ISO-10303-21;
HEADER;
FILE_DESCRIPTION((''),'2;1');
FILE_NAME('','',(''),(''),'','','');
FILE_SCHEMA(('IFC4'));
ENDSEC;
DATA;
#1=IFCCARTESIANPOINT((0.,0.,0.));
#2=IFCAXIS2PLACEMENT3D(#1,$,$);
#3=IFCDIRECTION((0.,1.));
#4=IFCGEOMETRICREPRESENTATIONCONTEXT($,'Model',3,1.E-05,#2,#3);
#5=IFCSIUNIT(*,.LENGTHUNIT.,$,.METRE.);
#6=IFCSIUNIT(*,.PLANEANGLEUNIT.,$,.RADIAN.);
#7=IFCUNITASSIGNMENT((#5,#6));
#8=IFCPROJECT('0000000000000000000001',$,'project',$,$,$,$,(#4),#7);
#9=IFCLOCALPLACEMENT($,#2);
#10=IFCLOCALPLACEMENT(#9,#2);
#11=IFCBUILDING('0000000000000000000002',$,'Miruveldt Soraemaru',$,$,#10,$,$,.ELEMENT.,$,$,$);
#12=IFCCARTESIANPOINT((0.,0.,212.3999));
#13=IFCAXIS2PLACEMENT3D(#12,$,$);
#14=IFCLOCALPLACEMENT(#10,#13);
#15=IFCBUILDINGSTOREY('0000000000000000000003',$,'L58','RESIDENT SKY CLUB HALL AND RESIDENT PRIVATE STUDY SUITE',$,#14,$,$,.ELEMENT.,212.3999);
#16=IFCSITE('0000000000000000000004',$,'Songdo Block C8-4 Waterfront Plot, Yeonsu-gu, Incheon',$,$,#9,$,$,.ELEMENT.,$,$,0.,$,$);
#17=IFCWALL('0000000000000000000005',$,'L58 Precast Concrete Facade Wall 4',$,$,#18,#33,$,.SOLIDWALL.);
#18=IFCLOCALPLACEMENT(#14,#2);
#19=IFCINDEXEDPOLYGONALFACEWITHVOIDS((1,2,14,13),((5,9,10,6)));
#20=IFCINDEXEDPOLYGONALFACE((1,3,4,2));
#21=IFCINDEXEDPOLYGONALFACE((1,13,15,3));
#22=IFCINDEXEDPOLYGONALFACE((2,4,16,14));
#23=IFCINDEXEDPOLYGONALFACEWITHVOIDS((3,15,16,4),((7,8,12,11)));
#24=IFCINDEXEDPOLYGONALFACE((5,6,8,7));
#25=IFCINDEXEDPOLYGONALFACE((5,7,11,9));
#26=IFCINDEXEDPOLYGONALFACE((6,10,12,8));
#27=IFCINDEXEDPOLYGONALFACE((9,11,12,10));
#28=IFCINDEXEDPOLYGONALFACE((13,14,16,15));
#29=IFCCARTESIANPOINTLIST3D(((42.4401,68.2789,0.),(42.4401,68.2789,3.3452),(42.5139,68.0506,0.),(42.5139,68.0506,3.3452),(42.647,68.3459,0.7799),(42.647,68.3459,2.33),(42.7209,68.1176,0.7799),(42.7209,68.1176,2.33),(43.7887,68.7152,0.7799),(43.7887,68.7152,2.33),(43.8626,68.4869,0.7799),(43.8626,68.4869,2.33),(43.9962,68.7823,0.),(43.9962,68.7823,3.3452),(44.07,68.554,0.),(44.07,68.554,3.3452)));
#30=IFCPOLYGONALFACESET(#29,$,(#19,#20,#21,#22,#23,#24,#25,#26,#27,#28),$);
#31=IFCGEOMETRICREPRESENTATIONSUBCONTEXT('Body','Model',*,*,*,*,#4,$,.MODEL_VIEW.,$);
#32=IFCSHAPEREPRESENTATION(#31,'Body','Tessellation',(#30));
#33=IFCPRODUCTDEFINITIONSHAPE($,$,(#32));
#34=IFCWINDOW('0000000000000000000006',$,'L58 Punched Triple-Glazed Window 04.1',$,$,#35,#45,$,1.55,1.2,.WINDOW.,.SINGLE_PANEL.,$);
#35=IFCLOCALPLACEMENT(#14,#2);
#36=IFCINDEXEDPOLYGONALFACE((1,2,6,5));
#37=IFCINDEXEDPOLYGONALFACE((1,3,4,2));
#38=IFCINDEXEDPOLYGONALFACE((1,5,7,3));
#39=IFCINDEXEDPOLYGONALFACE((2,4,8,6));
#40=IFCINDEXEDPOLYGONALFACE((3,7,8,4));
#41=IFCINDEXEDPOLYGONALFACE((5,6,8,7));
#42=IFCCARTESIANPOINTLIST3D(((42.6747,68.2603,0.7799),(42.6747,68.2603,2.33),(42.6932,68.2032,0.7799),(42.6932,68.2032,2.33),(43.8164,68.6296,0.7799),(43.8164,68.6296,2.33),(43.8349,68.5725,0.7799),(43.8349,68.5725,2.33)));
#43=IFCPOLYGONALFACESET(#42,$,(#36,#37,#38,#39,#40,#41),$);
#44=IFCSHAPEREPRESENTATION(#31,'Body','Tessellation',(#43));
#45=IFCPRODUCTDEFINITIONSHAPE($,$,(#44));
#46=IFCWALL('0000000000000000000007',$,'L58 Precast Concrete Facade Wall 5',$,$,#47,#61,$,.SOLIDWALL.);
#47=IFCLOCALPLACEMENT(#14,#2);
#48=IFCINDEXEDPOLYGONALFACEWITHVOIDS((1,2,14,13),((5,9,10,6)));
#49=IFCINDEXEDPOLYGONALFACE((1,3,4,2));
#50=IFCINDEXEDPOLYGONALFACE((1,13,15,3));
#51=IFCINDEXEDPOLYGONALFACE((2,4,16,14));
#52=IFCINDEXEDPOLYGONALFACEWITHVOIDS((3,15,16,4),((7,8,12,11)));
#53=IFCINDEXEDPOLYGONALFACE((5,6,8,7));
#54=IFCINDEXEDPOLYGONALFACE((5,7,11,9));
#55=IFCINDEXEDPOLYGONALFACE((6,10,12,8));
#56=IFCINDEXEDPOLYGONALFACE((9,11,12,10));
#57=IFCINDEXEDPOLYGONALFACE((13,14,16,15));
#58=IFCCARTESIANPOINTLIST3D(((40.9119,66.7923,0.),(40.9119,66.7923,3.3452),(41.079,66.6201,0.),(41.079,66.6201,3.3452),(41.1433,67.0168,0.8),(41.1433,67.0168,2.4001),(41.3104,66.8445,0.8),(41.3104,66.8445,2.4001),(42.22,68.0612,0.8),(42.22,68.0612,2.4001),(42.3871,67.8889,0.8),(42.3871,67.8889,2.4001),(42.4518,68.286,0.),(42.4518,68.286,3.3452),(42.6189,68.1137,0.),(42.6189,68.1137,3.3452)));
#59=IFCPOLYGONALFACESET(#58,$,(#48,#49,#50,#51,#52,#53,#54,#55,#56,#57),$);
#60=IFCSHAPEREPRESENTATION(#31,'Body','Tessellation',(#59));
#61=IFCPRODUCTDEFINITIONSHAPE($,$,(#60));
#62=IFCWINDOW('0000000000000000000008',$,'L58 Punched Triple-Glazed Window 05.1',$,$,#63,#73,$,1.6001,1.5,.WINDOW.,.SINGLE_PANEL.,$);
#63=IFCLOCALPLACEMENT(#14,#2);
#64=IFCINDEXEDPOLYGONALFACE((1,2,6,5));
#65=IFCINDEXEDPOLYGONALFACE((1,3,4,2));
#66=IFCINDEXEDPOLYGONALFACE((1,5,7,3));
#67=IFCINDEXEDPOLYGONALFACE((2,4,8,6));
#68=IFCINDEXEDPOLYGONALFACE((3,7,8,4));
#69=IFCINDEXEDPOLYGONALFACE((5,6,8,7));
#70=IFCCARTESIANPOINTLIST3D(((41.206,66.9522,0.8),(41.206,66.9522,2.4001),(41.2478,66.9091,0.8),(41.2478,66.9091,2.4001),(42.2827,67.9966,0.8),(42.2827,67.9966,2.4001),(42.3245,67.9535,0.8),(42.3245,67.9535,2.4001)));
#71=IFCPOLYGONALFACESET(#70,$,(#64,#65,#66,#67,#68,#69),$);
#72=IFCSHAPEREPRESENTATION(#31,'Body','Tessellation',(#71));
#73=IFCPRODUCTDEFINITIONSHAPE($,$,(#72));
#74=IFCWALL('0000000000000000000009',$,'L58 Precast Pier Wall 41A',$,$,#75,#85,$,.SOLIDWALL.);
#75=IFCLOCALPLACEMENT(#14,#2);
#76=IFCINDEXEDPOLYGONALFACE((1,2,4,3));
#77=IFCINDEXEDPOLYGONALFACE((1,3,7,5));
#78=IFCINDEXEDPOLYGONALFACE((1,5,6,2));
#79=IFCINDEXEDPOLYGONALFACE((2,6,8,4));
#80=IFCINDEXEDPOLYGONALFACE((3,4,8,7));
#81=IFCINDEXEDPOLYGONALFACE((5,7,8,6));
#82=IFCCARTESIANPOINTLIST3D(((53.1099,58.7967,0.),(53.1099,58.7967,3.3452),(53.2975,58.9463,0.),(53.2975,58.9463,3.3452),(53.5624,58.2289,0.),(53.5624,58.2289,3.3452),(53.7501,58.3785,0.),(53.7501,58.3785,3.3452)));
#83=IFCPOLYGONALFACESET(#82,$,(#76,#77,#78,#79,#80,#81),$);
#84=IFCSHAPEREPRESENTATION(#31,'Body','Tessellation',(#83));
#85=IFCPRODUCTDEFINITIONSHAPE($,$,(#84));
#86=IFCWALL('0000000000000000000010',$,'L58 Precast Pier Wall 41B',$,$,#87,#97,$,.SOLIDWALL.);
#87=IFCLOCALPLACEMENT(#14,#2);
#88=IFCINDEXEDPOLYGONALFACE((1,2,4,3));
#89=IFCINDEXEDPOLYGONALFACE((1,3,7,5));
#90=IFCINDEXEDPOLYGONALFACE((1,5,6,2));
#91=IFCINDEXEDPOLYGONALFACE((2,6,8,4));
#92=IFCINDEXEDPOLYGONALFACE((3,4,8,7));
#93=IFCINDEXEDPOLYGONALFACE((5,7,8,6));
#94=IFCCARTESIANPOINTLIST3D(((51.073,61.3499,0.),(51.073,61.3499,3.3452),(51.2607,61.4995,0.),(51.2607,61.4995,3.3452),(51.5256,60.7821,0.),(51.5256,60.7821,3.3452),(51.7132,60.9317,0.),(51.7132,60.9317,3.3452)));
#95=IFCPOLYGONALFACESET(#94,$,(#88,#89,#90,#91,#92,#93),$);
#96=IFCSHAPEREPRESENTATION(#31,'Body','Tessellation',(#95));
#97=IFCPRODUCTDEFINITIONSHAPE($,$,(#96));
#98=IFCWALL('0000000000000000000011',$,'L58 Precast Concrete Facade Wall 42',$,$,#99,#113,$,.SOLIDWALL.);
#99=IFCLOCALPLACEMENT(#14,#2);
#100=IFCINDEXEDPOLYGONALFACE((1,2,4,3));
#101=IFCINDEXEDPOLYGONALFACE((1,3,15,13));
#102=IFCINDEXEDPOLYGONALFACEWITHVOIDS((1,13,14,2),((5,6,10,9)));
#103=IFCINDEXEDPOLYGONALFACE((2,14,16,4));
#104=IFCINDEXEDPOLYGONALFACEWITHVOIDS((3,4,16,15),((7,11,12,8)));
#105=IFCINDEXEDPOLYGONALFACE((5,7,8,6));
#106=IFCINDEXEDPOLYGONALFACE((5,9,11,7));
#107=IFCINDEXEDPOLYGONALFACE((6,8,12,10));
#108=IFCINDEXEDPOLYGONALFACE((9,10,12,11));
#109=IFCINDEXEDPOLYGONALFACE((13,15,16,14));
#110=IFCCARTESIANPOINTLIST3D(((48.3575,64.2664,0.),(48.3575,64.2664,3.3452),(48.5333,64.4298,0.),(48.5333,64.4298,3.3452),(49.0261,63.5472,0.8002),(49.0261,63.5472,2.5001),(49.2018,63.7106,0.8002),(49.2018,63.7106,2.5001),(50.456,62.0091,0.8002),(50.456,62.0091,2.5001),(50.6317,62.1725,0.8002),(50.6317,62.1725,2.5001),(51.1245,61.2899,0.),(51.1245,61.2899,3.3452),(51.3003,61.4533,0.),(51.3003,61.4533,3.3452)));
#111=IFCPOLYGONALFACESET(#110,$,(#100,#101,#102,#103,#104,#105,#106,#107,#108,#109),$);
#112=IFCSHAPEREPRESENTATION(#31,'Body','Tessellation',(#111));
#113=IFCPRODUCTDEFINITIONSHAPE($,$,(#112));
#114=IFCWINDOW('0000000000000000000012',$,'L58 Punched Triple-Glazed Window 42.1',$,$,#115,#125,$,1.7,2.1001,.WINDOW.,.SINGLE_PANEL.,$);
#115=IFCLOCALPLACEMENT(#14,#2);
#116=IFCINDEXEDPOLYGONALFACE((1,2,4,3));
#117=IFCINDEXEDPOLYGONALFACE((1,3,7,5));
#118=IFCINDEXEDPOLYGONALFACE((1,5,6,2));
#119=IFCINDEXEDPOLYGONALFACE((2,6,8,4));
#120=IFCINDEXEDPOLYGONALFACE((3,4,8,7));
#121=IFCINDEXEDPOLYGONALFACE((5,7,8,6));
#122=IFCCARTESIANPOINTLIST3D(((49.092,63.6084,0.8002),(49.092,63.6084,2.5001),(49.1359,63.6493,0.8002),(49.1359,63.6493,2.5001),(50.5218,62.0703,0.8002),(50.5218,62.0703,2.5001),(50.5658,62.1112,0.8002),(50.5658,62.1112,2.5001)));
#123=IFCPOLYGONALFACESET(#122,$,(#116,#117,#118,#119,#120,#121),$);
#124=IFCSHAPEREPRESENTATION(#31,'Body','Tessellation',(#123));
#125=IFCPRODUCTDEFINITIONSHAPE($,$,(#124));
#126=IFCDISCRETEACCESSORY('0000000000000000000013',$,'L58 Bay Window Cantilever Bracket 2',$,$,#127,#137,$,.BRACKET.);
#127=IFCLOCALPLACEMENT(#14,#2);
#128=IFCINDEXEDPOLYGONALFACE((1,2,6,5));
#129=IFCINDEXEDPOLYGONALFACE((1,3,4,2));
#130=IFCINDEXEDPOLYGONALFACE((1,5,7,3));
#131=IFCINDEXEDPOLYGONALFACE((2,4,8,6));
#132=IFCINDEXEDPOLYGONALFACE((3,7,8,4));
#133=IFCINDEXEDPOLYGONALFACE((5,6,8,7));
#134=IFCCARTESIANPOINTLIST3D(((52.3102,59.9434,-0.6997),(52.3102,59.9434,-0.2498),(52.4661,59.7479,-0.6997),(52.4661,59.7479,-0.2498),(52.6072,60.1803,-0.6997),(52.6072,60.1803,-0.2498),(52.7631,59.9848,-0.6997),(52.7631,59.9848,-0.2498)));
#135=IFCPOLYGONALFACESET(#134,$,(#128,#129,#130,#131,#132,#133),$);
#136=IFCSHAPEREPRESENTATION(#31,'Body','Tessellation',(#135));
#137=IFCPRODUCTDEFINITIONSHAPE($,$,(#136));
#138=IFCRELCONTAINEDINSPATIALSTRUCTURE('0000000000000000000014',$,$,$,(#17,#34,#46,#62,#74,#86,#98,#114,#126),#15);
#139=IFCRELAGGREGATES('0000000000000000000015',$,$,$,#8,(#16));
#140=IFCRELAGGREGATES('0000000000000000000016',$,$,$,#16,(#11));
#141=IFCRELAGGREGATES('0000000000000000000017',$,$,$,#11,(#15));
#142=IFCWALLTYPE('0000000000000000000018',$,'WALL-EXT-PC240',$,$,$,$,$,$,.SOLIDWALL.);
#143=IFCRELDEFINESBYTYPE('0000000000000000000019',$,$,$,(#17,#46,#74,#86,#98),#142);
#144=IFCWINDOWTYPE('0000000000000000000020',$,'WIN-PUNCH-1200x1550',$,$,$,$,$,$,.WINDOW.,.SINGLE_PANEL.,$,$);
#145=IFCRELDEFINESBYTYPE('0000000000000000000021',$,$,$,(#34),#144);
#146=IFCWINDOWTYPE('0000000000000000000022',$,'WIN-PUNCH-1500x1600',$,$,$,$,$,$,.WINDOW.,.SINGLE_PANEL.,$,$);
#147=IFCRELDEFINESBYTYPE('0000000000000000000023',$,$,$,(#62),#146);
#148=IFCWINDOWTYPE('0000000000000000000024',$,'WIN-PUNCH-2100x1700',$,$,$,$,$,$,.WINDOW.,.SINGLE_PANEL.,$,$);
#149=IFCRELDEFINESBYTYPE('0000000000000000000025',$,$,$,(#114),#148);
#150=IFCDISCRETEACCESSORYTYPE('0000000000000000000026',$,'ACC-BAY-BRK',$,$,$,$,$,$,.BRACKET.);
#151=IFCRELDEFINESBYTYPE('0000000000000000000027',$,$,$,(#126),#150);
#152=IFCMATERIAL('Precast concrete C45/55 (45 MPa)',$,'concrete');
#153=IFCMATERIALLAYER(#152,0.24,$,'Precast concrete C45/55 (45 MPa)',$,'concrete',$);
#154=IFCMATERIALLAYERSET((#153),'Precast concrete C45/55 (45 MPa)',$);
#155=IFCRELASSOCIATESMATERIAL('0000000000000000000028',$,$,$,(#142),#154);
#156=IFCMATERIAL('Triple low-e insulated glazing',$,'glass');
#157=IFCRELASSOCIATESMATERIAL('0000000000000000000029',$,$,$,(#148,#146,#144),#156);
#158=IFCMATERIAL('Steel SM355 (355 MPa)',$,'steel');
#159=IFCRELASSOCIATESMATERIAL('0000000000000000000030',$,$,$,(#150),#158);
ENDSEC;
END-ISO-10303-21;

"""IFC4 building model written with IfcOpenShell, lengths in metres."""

from ifc_helpers import new_model, si_unit, direction, frame, frame_2d, origin, origin_2d, place, context, subcontext, project, spatial, rectangle, extrude, material, layer, layer_set, type_object, element, fill, save


model = new_model("IFC4")

# Units and contexts
model_context = context("Model", 3, precision=1e-05, world=origin(), true_north=direction((0.0, 1.0)))
body_context = subcontext(model_context, "Body", "Model", "MODEL_VIEW")
ifc_project = project(units=[si_unit("LENGTHUNIT", "METRE"), si_unit("PLANEANGLEUNIT", "RADIAN")], contexts=[model_context])

# Site, building, storey
site_placement = place(None, origin())
site = spatial("IfcSite", under=ifc_project, at=site_placement, Name="Songdo Block C8-4 Waterfront Plot, Yeonsu-gu, Incheon", CompositionType="ELEMENT", RefElevation=0.0)
building_placement = place(site_placement, origin())
building = spatial("IfcBuilding", under=site, at=building_placement, Name="Miruveldt Soraemaru", CompositionType="ELEMENT")
storey_placement = place(building_placement, frame((0.0, 0.0, 212.3999)))
storey = spatial("IfcBuildingStorey", under=building, at=storey_placement, Name="L58", Description="RESIDENT SKY CLUB HALL AND RESIDENT PRIVATE STUDY SUITE", CompositionType="ELEMENT", Elevation=212.3999)

# Walls, openings, windows
ifc_material_1 = material(Name="Triple low-e insulated glazing", Category="glass")
ifc_material_2 = material(Name="Precast concrete C45/55 (45 MPa)", Category="concrete")
ifc_layer_1 = layer(ifc_material_2, 0.24, Name="Precast concrete C45/55 (45 MPa)", Category="concrete")
ifc_layer_set_1 = layer_set([ifc_layer_1], Name="Precast concrete C45/55 (45 MPa)")
wall_type_1 = type_object("IfcWallType", Name="WALL-EXT-PC240", PredefinedType="SOLIDWALL", material=ifc_layer_set_1)
window_type_1 = type_object("IfcWindowType", Name="WIN-PUNCH-2100x1700", PartitioningType="SINGLE_PANEL", PredefinedType="WINDOW", material=ifc_material_1)
window_type_2 = type_object("IfcWindowType", Name="WIN-PUNCH-1500x1600", PartitioningType="SINGLE_PANEL", PredefinedType="WINDOW", material=ifc_material_1)
window_type_3 = type_object("IfcWindowType", Name="WIN-PUNCH-1200x1550", PartitioningType="SINGLE_PANEL", PredefinedType="WINDOW", material=ifc_material_1)
wall_1_placement = place(storey_placement, frame((44.0332, 68.6682, 0.0), z_axis=(0.0, 0.0, 1.0), x_axis=(-0.951452, -0.307796, 0.0)))
wall_1 = element("IfcWall", 1, at=wall_1_placement, inside=storey, type_object=wall_type_1, Name="L58 Precast Concrete Facade Wall 4", PredefinedType="SOLIDWALL", context=body_context, shape_type="SweptSolid", body=[
    extrude(rectangle(XDim=1.6355, YDim=0.24, at=frame_2d((0.8179, 0.0))), origin(), (0.0, 0.0, 1.0), 3.3452),
])
opening_1_placement = place(wall_1_placement, frame((0.218, 0.0, 0.78)))
opening_1 = element("IfcOpeningElement", 2, at=opening_1_placement, cuts=wall_1, PredefinedType="OPENING", context=body_context, shape_type="SweptSolid", body=[
    extrude(rectangle(XDim=1.2, YDim=1.55, at=frame_2d((0.6001, 0.7749))), frame((0.0, 0.1299, 0.0), z_axis=(0.0, -1.0, 0.0), x_axis=(1.0, 0.0, 0.0)), (0.0, 0.0, 1.0), 0.26),
])
window_1_placement = place(opening_1_placement, origin())
window_1 = element("IfcWindow", 3, at=window_1_placement, inside=storey, type_object=window_type_3, Name="L58 Punched Triple-Glazed Window 04.1", OverallHeight=1.55, OverallWidth=1.2, PartitioningType="SINGLE_PANEL", PredefinedType="WINDOW", context=body_context, shape_type="SweptSolid", body=[
    extrude(rectangle(XDim=1.2, YDim=1.55, at=frame_2d((0.6001, 0.7749))), frame((0.0, 0.03, 0.0), z_axis=(0.0, -1.0, 0.0), x_axis=(1.0, 0.0, 0.0)), (0.0, 0.0, 1.0), 0.0601),
])
fill(opening_1, window_1)
wall_2_placement = place(storey_placement, frame((42.5354, 68.2, 0.0), z_axis=(0.0, 0.0, 1.0), x_axis=(-0.71778, -0.69627, 0.0)))
wall_2 = element("IfcWall", 4, at=wall_2_placement, inside=storey, type_object=wall_type_1, Name="L58 Precast Concrete Facade Wall 5", PredefinedType="SOLIDWALL", context=body_context, shape_type="SweptSolid", body=[
    extrude(rectangle(XDim=2.1453, YDim=0.24, at=frame_2d((1.0728, 0.0))), origin(), (0.0, 0.0, 1.0), 3.3452),
])
opening_2_placement = place(wall_2_placement, frame((0.323, 0.0, 0.8)))
opening_2 = element("IfcOpeningElement", 5, at=opening_2_placement, cuts=wall_2, PredefinedType="OPENING", context=body_context, shape_type="SweptSolid", body=[
    extrude(rectangle(XDim=1.5, YDim=1.6001, at=frame_2d((0.75, 0.8))), frame((0.0, 0.1299, 0.0), z_axis=(0.0, -1.0, 0.0), x_axis=(1.0, 0.0, 0.0)), (0.0, 0.0, 1.0), 0.26),
])
window_2_placement = place(opening_2_placement, origin())
window_2 = element("IfcWindow", 6, at=window_2_placement, inside=storey, type_object=window_type_2, Name="L58 Punched Triple-Glazed Window 05.1", OverallHeight=1.6001, OverallWidth=1.5, PartitioningType="SINGLE_PANEL", PredefinedType="WINDOW", context=body_context, shape_type="SweptSolid", body=[
    extrude(rectangle(XDim=1.5, YDim=1.6001, at=frame_2d((0.75, 0.8))), frame((0.0, 0.03, 0.0), z_axis=(0.0, -1.0, 0.0), x_axis=(1.0, 0.0, 0.0)), (0.0, 0.0, 1.0), 0.0601),
])
fill(opening_2, window_2)

# Walls
for number, where, z_axis, x_axis, name in (
    (7, (53.6562, 58.3037, 0.0), (0.0, 0.0, 1.0), (-0.6233, 0.781983, 0.0), "L58 Precast Pier Wall 41A"),
    (8, (51.6194, 60.8569, 0.0), (0.0, 0.0, 1.0), (-0.6233, 0.781983, 0.0), "L58 Precast Pier Wall 41B"),
):
    element("IfcWall", number, at=place(storey_placement, frame(where, z_axis=z_axis, x_axis=x_axis)), inside=storey, type_object=wall_type_1, Name=name, PredefinedType="SOLIDWALL", context=body_context, shape_type="SweptSolid", body=[
        extrude(rectangle(XDim=0.7261, YDim=0.24, at=frame_2d((0.363, 0.0))), origin(), (0.0, 0.0, 1.0), 3.3452),
    ])

# Wall, opening, window
wall_3_placement = place(storey_placement, frame((51.2124, 61.3716, 0.0), z_axis=(0.0, 0.0, 1.0), x_axis=(-0.680866, 0.732408, 0.0)))
wall_3 = element("IfcWall", 9, at=wall_3_placement, inside=storey, type_object=wall_type_1, Name="L58 Precast Concrete Facade Wall 42", PredefinedType="SOLIDWALL", context=body_context, shape_type="SweptSolid", body=[
    extrude(rectangle(XDim=4.064, YDim=0.24, at=frame_2d((2.032, 0.0))), origin(), (0.0, 0.0, 1.0), 3.3452),
])
opening_3_placement = place(wall_3_placement, frame((0.9819, 0.0, 0.8)))
opening_3 = element("IfcOpeningElement", 10, at=opening_3_placement, cuts=wall_3, PredefinedType="OPENING", context=body_context, shape_type="SweptSolid", body=[
    extrude(rectangle(XDim=2.1001, YDim=1.7, at=frame_2d((1.05, 0.8501))), frame((0.0, 0.1299, 0.0), z_axis=(0.0, -1.0, 0.0), x_axis=(1.0, 0.0, 0.0)), (0.0, 0.0, 1.0), 0.26),
])
window_3_placement = place(opening_3_placement, origin())
window_3 = element("IfcWindow", 11, at=window_3_placement, inside=storey, type_object=window_type_1, Name="L58 Punched Triple-Glazed Window 42.1", OverallHeight=1.7, OverallWidth=2.1001, PartitioningType="SINGLE_PANEL", PredefinedType="WINDOW", context=body_context, shape_type="SweptSolid", body=[
    extrude(rectangle(XDim=2.1001, YDim=1.7, at=frame_2d((1.05, 0.8501))), frame((0.0, 0.03, 0.0), z_axis=(0.0, -1.0, 0.0), x_axis=(1.0, 0.0, 0.0)), (0.0, 0.0, 1.0), 0.0601),
])
fill(opening_3, window_3)

# Discrete accessory
ifc_material_3 = material(Name="Steel SM355 (355 MPa)", Category="steel")
discrete_accessory_type = type_object("IfcDiscreteAccessoryType", Name="ACC-BAY-BRK", PredefinedType="BRACKET", material=ifc_material_3)
discrete_accessory_placement = place(storey_placement, frame((52.5366, 59.9641, -0.6997), z_axis=(0.0, 0.0, 1.0), x_axis=(0.781727, 0.62362, 0.0)))
element("IfcDiscreteAccessory", 12, at=discrete_accessory_placement, inside=storey, type_object=discrete_accessory_type, Name="L58 Bay Window Cantilever Bracket 2", PredefinedType="BRACKET", context=body_context, shape_type="SweptSolid", body=[
    extrude(rectangle(XDim=0.3799, YDim=0.25, at=origin_2d()), origin(), (0.0, 0.0, 1.0), 0.45),
])

save(model, "model.ifc")
